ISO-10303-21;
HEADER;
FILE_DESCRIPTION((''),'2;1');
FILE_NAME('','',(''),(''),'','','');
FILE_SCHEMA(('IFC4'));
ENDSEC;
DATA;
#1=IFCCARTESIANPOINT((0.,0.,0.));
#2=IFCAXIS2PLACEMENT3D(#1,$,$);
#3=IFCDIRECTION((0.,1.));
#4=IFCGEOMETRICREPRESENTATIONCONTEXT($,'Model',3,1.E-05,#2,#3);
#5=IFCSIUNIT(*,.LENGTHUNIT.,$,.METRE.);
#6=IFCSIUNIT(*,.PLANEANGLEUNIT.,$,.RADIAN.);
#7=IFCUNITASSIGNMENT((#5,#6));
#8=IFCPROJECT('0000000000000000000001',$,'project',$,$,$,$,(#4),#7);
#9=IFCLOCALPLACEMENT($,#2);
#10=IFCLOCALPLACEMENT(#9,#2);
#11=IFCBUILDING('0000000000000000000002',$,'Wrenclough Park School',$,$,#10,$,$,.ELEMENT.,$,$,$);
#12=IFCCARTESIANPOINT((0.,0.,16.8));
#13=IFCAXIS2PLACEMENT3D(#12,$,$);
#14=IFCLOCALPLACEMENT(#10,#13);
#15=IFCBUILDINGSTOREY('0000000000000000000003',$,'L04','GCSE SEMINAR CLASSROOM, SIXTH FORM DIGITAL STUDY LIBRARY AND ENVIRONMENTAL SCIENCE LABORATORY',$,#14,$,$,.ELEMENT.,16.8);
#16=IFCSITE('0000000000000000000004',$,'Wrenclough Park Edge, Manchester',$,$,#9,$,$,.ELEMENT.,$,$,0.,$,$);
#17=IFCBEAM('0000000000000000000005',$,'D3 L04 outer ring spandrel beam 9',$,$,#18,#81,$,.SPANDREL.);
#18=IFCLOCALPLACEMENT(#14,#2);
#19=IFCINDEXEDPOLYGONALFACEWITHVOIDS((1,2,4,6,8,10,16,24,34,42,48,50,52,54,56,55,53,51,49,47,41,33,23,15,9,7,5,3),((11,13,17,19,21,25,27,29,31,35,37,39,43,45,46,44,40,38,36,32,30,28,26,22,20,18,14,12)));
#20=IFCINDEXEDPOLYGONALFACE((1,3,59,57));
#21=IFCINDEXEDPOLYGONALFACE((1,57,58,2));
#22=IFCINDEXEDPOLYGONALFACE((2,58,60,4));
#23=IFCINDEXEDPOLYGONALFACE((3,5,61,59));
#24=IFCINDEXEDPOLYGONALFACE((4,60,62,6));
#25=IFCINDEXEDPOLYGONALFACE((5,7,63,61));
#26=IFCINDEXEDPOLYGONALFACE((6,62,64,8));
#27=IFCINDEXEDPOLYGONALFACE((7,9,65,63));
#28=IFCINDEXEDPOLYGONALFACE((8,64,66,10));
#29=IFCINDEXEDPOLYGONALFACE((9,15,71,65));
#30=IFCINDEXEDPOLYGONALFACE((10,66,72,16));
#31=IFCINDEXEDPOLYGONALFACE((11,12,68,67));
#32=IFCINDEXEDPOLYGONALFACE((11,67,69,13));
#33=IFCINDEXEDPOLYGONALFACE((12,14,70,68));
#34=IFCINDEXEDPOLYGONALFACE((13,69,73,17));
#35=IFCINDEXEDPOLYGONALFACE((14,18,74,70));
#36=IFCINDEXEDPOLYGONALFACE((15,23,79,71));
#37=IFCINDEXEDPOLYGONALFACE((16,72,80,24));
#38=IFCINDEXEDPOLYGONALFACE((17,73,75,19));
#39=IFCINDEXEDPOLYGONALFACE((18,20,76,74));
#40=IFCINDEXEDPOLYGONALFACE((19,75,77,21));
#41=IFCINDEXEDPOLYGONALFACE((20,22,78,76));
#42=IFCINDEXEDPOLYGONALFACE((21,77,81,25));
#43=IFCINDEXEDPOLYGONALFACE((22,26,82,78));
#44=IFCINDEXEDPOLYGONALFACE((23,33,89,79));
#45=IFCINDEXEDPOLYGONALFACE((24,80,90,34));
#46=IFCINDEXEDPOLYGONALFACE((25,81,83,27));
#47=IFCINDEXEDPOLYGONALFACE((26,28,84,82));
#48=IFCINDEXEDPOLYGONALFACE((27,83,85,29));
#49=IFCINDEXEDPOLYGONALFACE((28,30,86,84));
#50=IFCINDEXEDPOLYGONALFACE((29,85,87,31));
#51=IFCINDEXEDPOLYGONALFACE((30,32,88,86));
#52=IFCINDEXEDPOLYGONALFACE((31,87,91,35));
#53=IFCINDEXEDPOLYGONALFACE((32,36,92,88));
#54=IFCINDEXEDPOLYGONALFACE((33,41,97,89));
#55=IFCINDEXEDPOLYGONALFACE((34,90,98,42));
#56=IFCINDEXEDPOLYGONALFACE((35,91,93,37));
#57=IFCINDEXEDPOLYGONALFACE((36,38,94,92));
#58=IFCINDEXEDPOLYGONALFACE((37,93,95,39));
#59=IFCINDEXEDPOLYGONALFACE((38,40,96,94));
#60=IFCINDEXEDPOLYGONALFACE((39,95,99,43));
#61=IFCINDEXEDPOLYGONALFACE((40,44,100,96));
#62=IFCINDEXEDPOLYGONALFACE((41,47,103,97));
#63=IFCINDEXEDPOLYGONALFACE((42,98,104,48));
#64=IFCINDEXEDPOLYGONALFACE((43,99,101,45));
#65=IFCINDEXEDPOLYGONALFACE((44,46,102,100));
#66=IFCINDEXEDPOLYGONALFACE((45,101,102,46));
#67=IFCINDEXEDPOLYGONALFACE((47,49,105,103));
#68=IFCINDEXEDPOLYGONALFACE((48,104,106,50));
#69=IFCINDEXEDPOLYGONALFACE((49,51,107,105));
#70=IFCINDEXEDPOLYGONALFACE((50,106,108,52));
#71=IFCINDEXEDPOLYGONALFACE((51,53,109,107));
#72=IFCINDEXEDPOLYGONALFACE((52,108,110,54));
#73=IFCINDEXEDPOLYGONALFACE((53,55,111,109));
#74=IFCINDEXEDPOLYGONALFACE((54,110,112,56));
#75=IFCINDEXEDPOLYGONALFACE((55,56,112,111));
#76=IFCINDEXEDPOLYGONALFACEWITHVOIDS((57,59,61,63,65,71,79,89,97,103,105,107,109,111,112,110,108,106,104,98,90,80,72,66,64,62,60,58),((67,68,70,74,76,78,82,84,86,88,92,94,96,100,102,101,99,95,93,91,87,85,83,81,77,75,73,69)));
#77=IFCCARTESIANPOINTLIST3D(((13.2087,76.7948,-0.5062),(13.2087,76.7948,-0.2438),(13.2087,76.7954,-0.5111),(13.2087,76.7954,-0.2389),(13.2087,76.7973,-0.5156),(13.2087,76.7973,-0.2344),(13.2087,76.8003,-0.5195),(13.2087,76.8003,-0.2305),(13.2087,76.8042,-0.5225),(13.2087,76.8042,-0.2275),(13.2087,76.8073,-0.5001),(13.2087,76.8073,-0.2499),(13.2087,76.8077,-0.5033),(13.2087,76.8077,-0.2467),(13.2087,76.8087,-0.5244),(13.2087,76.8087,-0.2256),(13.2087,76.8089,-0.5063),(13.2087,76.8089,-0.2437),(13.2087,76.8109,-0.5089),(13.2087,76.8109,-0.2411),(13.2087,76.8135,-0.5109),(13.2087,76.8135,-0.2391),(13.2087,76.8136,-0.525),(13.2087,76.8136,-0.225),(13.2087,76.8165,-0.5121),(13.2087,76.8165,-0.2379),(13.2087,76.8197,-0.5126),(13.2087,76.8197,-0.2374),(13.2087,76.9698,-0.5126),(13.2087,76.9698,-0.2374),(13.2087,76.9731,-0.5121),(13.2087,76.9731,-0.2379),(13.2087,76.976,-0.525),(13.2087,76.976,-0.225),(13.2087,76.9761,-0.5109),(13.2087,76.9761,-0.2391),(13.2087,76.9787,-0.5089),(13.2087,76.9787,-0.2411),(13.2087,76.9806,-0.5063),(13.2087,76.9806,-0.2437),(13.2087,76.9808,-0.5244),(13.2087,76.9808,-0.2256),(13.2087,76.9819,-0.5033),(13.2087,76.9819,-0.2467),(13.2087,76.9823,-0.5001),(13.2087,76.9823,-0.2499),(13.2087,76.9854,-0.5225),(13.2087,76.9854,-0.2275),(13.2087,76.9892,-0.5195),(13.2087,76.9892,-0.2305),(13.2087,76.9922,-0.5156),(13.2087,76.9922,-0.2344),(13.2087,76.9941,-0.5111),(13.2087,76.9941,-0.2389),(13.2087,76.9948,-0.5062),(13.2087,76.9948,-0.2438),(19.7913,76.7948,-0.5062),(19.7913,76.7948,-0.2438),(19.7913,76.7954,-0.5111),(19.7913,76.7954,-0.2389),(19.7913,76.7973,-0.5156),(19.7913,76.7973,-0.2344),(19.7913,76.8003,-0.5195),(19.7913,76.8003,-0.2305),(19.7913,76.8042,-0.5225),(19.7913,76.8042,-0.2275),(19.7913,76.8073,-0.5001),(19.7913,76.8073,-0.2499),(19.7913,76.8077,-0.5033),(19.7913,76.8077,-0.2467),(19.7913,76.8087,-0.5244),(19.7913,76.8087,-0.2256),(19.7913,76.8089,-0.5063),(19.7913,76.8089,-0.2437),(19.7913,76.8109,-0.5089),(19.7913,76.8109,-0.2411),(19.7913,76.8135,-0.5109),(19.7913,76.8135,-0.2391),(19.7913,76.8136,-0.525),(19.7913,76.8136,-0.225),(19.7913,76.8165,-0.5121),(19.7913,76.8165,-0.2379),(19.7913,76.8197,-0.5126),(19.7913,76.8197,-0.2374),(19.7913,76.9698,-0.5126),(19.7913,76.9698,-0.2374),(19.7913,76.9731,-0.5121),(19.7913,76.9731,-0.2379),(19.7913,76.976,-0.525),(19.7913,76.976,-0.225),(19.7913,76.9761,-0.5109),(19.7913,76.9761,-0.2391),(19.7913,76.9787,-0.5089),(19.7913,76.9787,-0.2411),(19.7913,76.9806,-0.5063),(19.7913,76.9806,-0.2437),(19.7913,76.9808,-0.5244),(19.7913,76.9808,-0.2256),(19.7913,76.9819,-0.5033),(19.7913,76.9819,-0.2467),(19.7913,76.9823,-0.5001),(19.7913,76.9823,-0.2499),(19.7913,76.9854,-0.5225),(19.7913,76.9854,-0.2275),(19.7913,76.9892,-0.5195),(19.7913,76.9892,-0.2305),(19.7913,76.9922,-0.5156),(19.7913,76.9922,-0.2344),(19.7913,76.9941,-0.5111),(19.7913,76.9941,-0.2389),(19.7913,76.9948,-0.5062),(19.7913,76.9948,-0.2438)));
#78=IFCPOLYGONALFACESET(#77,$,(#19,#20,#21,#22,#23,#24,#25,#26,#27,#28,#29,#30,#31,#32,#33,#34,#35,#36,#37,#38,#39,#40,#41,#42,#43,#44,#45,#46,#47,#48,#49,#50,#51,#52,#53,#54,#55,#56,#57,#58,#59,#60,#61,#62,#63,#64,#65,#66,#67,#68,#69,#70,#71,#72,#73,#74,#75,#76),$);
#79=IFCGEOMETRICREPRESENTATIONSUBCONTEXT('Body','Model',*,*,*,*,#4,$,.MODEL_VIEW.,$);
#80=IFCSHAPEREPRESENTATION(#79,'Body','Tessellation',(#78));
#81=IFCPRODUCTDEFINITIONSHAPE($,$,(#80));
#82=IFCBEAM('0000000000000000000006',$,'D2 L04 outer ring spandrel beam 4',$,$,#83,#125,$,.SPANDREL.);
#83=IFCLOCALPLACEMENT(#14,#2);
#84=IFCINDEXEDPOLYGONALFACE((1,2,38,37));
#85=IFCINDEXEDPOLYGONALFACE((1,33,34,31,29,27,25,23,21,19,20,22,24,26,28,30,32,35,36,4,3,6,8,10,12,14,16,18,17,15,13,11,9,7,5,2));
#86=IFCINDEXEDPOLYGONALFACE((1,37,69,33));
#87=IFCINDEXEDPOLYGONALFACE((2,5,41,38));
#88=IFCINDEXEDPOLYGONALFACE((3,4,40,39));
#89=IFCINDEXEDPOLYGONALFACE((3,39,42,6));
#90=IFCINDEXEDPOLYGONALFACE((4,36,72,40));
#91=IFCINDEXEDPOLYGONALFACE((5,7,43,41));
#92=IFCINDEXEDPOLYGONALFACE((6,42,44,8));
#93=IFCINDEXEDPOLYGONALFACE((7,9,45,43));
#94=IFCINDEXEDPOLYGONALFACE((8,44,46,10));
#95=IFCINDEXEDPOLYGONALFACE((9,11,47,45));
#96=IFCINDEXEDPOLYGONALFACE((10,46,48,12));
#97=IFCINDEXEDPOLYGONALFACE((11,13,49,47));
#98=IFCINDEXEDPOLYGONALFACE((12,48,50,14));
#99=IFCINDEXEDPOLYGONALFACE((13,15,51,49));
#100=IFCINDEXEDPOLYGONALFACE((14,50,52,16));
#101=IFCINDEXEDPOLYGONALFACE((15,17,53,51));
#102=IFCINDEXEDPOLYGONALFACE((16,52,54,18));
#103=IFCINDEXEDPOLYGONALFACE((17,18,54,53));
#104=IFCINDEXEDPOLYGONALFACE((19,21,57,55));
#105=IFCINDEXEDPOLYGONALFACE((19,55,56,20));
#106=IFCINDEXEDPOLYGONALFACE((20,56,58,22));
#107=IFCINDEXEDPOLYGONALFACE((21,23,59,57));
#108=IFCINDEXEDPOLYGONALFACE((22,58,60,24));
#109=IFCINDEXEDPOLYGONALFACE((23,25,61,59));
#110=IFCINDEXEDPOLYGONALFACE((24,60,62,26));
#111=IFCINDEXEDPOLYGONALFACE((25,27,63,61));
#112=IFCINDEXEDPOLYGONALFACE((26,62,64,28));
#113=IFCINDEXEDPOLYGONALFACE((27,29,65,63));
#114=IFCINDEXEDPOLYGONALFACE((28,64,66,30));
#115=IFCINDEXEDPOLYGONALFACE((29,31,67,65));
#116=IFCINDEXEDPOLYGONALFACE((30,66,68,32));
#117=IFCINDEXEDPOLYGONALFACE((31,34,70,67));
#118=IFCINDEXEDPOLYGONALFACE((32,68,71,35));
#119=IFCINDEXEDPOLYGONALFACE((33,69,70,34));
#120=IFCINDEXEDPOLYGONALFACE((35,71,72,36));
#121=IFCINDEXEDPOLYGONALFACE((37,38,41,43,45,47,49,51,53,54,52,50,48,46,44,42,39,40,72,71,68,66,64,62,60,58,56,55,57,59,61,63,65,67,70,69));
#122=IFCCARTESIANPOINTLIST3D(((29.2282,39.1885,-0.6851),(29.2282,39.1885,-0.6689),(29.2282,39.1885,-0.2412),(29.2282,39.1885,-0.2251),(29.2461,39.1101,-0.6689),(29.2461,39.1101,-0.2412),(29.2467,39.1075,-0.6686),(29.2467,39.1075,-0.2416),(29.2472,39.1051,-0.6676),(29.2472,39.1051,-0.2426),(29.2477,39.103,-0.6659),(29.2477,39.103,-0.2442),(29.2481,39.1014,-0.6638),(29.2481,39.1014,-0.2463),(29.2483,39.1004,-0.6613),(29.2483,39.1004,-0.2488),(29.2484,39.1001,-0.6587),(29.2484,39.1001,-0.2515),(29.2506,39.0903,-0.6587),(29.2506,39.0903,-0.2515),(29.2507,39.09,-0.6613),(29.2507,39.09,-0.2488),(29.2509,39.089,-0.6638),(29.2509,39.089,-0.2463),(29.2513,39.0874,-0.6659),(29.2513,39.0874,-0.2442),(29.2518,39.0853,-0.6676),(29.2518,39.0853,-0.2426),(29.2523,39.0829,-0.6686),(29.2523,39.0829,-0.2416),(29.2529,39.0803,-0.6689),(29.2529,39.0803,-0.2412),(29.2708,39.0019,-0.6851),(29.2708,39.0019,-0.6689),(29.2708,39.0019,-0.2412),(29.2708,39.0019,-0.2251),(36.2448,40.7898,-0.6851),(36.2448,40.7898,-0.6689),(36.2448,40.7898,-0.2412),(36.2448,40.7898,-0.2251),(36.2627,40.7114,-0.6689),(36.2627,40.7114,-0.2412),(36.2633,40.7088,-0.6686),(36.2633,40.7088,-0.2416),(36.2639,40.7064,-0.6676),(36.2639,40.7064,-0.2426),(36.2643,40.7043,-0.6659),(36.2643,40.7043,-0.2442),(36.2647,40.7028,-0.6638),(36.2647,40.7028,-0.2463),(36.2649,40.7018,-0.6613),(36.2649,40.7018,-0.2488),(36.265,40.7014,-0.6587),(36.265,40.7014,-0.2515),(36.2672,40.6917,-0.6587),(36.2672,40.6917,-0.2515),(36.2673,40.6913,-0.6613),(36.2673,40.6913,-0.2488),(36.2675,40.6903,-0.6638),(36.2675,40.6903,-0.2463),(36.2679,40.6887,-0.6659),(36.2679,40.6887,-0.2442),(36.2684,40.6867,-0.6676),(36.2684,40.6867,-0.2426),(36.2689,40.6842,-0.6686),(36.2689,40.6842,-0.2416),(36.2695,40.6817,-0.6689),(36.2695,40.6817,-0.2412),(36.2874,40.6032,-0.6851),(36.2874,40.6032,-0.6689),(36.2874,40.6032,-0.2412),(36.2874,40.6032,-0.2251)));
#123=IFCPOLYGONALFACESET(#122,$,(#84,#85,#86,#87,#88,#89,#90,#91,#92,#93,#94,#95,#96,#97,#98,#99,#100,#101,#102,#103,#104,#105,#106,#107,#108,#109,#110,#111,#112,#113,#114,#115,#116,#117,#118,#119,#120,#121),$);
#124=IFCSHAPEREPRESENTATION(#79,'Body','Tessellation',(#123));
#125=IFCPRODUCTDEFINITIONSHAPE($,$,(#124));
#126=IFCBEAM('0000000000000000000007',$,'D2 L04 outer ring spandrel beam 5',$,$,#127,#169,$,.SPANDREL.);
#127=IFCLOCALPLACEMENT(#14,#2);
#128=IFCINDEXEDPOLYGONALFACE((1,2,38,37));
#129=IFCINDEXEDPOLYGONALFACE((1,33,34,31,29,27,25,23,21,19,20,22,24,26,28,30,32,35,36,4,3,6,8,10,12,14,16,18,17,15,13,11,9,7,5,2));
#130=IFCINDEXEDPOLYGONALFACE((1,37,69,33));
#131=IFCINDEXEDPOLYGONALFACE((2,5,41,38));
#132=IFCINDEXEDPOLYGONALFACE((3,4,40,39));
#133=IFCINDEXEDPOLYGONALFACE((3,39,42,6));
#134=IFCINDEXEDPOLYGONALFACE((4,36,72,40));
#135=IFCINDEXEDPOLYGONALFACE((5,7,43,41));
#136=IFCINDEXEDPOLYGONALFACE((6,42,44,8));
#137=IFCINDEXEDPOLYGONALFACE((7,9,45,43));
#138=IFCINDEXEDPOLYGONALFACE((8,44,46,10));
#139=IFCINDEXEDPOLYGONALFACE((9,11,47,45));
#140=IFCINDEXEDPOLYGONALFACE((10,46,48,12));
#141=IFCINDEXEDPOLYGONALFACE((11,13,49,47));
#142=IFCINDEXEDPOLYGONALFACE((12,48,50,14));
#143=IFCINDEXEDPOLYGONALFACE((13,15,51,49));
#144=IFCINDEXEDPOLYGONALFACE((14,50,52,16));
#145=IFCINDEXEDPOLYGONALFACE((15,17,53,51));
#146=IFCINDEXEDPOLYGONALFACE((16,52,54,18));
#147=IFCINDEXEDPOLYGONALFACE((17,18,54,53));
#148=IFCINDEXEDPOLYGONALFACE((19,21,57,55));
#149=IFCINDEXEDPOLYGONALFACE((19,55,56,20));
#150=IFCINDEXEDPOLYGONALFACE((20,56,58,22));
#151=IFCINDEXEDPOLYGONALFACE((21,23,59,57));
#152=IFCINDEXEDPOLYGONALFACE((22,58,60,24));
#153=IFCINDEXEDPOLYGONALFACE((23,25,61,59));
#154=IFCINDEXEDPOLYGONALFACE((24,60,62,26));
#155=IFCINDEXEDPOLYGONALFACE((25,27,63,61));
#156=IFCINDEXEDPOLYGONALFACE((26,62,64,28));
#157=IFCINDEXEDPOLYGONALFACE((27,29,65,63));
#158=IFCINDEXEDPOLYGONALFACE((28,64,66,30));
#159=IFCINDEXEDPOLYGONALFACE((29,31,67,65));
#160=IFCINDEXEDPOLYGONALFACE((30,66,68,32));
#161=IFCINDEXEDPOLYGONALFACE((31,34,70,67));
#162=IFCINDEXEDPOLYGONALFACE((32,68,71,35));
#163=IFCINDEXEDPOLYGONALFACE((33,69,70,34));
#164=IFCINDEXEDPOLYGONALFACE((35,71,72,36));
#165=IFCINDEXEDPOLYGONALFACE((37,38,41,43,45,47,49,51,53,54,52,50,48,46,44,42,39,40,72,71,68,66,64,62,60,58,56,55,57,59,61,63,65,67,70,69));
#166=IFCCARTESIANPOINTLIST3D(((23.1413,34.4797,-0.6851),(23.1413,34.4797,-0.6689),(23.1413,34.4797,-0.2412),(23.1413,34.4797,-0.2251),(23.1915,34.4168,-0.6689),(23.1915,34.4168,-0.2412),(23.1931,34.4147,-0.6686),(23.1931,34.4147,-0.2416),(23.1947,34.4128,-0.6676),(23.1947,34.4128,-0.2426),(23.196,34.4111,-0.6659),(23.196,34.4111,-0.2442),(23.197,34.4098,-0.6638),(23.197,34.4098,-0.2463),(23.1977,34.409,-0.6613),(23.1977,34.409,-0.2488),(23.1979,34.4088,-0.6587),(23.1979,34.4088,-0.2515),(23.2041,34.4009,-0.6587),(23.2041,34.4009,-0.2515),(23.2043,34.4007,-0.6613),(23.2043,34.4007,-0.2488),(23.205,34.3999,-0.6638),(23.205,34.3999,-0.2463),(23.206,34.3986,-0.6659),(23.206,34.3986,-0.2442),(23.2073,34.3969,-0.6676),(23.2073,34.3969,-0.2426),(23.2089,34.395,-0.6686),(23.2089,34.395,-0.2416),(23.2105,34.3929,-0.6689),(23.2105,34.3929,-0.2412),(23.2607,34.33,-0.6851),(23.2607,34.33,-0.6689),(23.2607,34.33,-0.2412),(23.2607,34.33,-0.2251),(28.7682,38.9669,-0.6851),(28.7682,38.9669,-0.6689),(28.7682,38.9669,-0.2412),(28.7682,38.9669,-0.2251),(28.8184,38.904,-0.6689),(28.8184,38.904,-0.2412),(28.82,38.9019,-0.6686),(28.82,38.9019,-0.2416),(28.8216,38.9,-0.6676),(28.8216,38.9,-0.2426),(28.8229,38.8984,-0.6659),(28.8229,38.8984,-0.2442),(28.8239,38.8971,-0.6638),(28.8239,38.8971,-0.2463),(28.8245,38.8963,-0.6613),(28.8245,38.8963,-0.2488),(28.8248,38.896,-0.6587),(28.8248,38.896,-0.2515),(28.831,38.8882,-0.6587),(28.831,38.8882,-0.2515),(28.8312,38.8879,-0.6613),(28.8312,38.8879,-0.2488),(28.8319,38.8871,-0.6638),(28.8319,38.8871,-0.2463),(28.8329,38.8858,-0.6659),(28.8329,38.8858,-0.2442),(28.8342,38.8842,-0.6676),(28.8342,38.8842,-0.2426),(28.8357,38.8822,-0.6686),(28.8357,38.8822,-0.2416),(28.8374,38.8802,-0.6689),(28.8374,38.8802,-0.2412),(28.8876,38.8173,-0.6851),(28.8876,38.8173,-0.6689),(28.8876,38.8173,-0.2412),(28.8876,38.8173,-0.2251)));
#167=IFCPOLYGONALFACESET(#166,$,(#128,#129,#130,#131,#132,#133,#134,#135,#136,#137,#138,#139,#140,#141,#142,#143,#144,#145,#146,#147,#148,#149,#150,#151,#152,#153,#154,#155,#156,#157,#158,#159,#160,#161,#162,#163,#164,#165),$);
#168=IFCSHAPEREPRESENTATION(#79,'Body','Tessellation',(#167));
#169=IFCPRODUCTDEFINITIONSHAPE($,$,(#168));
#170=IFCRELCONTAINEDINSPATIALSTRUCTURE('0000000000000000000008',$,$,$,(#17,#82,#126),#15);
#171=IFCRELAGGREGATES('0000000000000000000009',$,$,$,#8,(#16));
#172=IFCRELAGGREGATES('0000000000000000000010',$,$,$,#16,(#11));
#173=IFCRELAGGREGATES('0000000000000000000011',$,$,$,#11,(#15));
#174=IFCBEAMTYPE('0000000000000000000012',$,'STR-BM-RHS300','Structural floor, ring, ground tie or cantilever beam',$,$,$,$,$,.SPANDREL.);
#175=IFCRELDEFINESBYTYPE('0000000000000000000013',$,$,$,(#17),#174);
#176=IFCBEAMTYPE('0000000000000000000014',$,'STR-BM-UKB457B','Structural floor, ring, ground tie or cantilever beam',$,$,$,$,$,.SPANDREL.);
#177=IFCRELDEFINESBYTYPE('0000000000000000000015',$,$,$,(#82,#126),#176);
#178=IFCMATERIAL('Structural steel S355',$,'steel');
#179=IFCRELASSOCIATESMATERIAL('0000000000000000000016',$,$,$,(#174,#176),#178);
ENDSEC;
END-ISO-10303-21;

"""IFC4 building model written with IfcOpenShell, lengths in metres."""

from ifc_helpers import new_model, si_unit, direction, frame, origin, origin_2d, place, context, subcontext, project, spatial, hollow_rectangle, i_section, extrude, material, material_profile, profile_set, type_object, element, save


model = new_model("IFC4")

# Units and contexts
model_context = context("Model", 3, precision=1e-05, world=origin(), true_north=direction((0.0, 1.0)))
body_context = subcontext(model_context, "Body", "Model", "MODEL_VIEW")
ifc_project = project(units=[si_unit("LENGTHUNIT", "METRE"), si_unit("PLANEANGLEUNIT", "RADIAN")], contexts=[model_context])

# Site, building, storey
site_placement = place(None, origin())
site = spatial("IfcSite", under=ifc_project, at=site_placement, Name="Wrenclough Park Edge, Manchester", CompositionType="ELEMENT", RefElevation=0.0)
building_placement = place(site_placement, origin())
building = spatial("IfcBuilding", under=site, at=building_placement, Name="Wrenclough Park School", CompositionType="ELEMENT")
storey_placement = place(building_placement, frame((0.0, 0.0, 16.8)))
storey = spatial("IfcBuildingStorey", under=building, at=storey_placement, Name="L04", Description="GCSE SEMINAR CLASSROOM, SIXTH FORM DIGITAL STUDY LIBRARY AND ENVIRONMENTAL SCIENCE LABORATORY", CompositionType="ELEMENT", Elevation=16.8)

# Shared definitions
ifc_material_1 = material(Name="Structural steel S355", Category="steel")

# Beams
ifc_material_profile_1 = material_profile(ifc_material_1, hollow_rectangle(XDim=0.2, YDim=0.3, WallThickness=0.0125, InnerFilletRadius=0.0125, OuterFilletRadius=0.0188, at=origin_2d()), Name="RHS 300x200x12.5")
ifc_profile_set_1 = profile_set([ifc_material_profile_1], Name="Structural steel S355")
beam_type_1 = type_object("IfcBeamType", Name="STR-BM-RHS300", Description="Structural floor, ring, ground tie or cantilever beam", PredefinedType="SPANDREL", material=ifc_profile_set_1)
beam_1_placement = place(storey_placement, frame((13.2087, 76.8948, -0.375), z_axis=(1.0, 0.0, 0.0), x_axis=(0.0, 1.0, 0.0)))
element("IfcBeam", 1, at=beam_1_placement, inside=storey, type_object=beam_type_1, Name="D3 L04 outer ring spandrel beam 9", PredefinedType="SPANDREL", context=body_context, shape_type="SweptSolid", body=[
    extrude(hollow_rectangle(XDim=0.2, YDim=0.3, WallThickness=0.0125, InnerFilletRadius=0.0125, OuterFilletRadius=0.0188, at=origin_2d()), origin(), (0.0, 0.0, 1.0), 6.5825),
])
ifc_material_profile_2 = material_profile(ifc_material_1, i_section(OverallWidth=0.1914, OverallDepth=0.46, WebThickness=0.01, FlangeThickness=0.0161, FilletRadius=0.0103, at=origin_2d()), Name="UKB 457x191x82")
ifc_profile_set_2 = profile_set([ifc_material_profile_2], Name="Structural steel S355")
beam_type_2 = type_object("IfcBeamType", Name="STR-BM-UKB457B", Description="Structural floor, ring, ground tie or cantilever beam", PredefinedType="SPANDREL", material=ifc_profile_set_2)
for number, where, z_axis, x_axis, name in (
    (2, (36.2661, 40.6965, -0.4551), (-0.974933, -0.222498, 0.0), (0.222498, -0.974933, 0.0), "D2 L04 outer ring spandrel beam 4"),
    (3, (28.8279, 38.8921, -0.4551), (-0.781834, -0.623486, 0.0), (0.623486, -0.781834, 0.0), "D2 L04 outer ring spandrel beam 5"),
):
    element("IfcBeam", number, at=place(storey_placement, frame(where, z_axis=z_axis, x_axis=x_axis)), inside=storey, type_object=beam_type_2, Name=name, PredefinedType="SPANDREL", context=body_context, shape_type="SweptSolid", body=[
        extrude(i_section(OverallWidth=0.1914, OverallDepth=0.46, WebThickness=0.01, FlangeThickness=0.0161, FilletRadius=0.0103, at=origin_2d()), origin(), (0.0, 0.0, 1.0), 7.197),
    ])

save(model, "model.ifc")
